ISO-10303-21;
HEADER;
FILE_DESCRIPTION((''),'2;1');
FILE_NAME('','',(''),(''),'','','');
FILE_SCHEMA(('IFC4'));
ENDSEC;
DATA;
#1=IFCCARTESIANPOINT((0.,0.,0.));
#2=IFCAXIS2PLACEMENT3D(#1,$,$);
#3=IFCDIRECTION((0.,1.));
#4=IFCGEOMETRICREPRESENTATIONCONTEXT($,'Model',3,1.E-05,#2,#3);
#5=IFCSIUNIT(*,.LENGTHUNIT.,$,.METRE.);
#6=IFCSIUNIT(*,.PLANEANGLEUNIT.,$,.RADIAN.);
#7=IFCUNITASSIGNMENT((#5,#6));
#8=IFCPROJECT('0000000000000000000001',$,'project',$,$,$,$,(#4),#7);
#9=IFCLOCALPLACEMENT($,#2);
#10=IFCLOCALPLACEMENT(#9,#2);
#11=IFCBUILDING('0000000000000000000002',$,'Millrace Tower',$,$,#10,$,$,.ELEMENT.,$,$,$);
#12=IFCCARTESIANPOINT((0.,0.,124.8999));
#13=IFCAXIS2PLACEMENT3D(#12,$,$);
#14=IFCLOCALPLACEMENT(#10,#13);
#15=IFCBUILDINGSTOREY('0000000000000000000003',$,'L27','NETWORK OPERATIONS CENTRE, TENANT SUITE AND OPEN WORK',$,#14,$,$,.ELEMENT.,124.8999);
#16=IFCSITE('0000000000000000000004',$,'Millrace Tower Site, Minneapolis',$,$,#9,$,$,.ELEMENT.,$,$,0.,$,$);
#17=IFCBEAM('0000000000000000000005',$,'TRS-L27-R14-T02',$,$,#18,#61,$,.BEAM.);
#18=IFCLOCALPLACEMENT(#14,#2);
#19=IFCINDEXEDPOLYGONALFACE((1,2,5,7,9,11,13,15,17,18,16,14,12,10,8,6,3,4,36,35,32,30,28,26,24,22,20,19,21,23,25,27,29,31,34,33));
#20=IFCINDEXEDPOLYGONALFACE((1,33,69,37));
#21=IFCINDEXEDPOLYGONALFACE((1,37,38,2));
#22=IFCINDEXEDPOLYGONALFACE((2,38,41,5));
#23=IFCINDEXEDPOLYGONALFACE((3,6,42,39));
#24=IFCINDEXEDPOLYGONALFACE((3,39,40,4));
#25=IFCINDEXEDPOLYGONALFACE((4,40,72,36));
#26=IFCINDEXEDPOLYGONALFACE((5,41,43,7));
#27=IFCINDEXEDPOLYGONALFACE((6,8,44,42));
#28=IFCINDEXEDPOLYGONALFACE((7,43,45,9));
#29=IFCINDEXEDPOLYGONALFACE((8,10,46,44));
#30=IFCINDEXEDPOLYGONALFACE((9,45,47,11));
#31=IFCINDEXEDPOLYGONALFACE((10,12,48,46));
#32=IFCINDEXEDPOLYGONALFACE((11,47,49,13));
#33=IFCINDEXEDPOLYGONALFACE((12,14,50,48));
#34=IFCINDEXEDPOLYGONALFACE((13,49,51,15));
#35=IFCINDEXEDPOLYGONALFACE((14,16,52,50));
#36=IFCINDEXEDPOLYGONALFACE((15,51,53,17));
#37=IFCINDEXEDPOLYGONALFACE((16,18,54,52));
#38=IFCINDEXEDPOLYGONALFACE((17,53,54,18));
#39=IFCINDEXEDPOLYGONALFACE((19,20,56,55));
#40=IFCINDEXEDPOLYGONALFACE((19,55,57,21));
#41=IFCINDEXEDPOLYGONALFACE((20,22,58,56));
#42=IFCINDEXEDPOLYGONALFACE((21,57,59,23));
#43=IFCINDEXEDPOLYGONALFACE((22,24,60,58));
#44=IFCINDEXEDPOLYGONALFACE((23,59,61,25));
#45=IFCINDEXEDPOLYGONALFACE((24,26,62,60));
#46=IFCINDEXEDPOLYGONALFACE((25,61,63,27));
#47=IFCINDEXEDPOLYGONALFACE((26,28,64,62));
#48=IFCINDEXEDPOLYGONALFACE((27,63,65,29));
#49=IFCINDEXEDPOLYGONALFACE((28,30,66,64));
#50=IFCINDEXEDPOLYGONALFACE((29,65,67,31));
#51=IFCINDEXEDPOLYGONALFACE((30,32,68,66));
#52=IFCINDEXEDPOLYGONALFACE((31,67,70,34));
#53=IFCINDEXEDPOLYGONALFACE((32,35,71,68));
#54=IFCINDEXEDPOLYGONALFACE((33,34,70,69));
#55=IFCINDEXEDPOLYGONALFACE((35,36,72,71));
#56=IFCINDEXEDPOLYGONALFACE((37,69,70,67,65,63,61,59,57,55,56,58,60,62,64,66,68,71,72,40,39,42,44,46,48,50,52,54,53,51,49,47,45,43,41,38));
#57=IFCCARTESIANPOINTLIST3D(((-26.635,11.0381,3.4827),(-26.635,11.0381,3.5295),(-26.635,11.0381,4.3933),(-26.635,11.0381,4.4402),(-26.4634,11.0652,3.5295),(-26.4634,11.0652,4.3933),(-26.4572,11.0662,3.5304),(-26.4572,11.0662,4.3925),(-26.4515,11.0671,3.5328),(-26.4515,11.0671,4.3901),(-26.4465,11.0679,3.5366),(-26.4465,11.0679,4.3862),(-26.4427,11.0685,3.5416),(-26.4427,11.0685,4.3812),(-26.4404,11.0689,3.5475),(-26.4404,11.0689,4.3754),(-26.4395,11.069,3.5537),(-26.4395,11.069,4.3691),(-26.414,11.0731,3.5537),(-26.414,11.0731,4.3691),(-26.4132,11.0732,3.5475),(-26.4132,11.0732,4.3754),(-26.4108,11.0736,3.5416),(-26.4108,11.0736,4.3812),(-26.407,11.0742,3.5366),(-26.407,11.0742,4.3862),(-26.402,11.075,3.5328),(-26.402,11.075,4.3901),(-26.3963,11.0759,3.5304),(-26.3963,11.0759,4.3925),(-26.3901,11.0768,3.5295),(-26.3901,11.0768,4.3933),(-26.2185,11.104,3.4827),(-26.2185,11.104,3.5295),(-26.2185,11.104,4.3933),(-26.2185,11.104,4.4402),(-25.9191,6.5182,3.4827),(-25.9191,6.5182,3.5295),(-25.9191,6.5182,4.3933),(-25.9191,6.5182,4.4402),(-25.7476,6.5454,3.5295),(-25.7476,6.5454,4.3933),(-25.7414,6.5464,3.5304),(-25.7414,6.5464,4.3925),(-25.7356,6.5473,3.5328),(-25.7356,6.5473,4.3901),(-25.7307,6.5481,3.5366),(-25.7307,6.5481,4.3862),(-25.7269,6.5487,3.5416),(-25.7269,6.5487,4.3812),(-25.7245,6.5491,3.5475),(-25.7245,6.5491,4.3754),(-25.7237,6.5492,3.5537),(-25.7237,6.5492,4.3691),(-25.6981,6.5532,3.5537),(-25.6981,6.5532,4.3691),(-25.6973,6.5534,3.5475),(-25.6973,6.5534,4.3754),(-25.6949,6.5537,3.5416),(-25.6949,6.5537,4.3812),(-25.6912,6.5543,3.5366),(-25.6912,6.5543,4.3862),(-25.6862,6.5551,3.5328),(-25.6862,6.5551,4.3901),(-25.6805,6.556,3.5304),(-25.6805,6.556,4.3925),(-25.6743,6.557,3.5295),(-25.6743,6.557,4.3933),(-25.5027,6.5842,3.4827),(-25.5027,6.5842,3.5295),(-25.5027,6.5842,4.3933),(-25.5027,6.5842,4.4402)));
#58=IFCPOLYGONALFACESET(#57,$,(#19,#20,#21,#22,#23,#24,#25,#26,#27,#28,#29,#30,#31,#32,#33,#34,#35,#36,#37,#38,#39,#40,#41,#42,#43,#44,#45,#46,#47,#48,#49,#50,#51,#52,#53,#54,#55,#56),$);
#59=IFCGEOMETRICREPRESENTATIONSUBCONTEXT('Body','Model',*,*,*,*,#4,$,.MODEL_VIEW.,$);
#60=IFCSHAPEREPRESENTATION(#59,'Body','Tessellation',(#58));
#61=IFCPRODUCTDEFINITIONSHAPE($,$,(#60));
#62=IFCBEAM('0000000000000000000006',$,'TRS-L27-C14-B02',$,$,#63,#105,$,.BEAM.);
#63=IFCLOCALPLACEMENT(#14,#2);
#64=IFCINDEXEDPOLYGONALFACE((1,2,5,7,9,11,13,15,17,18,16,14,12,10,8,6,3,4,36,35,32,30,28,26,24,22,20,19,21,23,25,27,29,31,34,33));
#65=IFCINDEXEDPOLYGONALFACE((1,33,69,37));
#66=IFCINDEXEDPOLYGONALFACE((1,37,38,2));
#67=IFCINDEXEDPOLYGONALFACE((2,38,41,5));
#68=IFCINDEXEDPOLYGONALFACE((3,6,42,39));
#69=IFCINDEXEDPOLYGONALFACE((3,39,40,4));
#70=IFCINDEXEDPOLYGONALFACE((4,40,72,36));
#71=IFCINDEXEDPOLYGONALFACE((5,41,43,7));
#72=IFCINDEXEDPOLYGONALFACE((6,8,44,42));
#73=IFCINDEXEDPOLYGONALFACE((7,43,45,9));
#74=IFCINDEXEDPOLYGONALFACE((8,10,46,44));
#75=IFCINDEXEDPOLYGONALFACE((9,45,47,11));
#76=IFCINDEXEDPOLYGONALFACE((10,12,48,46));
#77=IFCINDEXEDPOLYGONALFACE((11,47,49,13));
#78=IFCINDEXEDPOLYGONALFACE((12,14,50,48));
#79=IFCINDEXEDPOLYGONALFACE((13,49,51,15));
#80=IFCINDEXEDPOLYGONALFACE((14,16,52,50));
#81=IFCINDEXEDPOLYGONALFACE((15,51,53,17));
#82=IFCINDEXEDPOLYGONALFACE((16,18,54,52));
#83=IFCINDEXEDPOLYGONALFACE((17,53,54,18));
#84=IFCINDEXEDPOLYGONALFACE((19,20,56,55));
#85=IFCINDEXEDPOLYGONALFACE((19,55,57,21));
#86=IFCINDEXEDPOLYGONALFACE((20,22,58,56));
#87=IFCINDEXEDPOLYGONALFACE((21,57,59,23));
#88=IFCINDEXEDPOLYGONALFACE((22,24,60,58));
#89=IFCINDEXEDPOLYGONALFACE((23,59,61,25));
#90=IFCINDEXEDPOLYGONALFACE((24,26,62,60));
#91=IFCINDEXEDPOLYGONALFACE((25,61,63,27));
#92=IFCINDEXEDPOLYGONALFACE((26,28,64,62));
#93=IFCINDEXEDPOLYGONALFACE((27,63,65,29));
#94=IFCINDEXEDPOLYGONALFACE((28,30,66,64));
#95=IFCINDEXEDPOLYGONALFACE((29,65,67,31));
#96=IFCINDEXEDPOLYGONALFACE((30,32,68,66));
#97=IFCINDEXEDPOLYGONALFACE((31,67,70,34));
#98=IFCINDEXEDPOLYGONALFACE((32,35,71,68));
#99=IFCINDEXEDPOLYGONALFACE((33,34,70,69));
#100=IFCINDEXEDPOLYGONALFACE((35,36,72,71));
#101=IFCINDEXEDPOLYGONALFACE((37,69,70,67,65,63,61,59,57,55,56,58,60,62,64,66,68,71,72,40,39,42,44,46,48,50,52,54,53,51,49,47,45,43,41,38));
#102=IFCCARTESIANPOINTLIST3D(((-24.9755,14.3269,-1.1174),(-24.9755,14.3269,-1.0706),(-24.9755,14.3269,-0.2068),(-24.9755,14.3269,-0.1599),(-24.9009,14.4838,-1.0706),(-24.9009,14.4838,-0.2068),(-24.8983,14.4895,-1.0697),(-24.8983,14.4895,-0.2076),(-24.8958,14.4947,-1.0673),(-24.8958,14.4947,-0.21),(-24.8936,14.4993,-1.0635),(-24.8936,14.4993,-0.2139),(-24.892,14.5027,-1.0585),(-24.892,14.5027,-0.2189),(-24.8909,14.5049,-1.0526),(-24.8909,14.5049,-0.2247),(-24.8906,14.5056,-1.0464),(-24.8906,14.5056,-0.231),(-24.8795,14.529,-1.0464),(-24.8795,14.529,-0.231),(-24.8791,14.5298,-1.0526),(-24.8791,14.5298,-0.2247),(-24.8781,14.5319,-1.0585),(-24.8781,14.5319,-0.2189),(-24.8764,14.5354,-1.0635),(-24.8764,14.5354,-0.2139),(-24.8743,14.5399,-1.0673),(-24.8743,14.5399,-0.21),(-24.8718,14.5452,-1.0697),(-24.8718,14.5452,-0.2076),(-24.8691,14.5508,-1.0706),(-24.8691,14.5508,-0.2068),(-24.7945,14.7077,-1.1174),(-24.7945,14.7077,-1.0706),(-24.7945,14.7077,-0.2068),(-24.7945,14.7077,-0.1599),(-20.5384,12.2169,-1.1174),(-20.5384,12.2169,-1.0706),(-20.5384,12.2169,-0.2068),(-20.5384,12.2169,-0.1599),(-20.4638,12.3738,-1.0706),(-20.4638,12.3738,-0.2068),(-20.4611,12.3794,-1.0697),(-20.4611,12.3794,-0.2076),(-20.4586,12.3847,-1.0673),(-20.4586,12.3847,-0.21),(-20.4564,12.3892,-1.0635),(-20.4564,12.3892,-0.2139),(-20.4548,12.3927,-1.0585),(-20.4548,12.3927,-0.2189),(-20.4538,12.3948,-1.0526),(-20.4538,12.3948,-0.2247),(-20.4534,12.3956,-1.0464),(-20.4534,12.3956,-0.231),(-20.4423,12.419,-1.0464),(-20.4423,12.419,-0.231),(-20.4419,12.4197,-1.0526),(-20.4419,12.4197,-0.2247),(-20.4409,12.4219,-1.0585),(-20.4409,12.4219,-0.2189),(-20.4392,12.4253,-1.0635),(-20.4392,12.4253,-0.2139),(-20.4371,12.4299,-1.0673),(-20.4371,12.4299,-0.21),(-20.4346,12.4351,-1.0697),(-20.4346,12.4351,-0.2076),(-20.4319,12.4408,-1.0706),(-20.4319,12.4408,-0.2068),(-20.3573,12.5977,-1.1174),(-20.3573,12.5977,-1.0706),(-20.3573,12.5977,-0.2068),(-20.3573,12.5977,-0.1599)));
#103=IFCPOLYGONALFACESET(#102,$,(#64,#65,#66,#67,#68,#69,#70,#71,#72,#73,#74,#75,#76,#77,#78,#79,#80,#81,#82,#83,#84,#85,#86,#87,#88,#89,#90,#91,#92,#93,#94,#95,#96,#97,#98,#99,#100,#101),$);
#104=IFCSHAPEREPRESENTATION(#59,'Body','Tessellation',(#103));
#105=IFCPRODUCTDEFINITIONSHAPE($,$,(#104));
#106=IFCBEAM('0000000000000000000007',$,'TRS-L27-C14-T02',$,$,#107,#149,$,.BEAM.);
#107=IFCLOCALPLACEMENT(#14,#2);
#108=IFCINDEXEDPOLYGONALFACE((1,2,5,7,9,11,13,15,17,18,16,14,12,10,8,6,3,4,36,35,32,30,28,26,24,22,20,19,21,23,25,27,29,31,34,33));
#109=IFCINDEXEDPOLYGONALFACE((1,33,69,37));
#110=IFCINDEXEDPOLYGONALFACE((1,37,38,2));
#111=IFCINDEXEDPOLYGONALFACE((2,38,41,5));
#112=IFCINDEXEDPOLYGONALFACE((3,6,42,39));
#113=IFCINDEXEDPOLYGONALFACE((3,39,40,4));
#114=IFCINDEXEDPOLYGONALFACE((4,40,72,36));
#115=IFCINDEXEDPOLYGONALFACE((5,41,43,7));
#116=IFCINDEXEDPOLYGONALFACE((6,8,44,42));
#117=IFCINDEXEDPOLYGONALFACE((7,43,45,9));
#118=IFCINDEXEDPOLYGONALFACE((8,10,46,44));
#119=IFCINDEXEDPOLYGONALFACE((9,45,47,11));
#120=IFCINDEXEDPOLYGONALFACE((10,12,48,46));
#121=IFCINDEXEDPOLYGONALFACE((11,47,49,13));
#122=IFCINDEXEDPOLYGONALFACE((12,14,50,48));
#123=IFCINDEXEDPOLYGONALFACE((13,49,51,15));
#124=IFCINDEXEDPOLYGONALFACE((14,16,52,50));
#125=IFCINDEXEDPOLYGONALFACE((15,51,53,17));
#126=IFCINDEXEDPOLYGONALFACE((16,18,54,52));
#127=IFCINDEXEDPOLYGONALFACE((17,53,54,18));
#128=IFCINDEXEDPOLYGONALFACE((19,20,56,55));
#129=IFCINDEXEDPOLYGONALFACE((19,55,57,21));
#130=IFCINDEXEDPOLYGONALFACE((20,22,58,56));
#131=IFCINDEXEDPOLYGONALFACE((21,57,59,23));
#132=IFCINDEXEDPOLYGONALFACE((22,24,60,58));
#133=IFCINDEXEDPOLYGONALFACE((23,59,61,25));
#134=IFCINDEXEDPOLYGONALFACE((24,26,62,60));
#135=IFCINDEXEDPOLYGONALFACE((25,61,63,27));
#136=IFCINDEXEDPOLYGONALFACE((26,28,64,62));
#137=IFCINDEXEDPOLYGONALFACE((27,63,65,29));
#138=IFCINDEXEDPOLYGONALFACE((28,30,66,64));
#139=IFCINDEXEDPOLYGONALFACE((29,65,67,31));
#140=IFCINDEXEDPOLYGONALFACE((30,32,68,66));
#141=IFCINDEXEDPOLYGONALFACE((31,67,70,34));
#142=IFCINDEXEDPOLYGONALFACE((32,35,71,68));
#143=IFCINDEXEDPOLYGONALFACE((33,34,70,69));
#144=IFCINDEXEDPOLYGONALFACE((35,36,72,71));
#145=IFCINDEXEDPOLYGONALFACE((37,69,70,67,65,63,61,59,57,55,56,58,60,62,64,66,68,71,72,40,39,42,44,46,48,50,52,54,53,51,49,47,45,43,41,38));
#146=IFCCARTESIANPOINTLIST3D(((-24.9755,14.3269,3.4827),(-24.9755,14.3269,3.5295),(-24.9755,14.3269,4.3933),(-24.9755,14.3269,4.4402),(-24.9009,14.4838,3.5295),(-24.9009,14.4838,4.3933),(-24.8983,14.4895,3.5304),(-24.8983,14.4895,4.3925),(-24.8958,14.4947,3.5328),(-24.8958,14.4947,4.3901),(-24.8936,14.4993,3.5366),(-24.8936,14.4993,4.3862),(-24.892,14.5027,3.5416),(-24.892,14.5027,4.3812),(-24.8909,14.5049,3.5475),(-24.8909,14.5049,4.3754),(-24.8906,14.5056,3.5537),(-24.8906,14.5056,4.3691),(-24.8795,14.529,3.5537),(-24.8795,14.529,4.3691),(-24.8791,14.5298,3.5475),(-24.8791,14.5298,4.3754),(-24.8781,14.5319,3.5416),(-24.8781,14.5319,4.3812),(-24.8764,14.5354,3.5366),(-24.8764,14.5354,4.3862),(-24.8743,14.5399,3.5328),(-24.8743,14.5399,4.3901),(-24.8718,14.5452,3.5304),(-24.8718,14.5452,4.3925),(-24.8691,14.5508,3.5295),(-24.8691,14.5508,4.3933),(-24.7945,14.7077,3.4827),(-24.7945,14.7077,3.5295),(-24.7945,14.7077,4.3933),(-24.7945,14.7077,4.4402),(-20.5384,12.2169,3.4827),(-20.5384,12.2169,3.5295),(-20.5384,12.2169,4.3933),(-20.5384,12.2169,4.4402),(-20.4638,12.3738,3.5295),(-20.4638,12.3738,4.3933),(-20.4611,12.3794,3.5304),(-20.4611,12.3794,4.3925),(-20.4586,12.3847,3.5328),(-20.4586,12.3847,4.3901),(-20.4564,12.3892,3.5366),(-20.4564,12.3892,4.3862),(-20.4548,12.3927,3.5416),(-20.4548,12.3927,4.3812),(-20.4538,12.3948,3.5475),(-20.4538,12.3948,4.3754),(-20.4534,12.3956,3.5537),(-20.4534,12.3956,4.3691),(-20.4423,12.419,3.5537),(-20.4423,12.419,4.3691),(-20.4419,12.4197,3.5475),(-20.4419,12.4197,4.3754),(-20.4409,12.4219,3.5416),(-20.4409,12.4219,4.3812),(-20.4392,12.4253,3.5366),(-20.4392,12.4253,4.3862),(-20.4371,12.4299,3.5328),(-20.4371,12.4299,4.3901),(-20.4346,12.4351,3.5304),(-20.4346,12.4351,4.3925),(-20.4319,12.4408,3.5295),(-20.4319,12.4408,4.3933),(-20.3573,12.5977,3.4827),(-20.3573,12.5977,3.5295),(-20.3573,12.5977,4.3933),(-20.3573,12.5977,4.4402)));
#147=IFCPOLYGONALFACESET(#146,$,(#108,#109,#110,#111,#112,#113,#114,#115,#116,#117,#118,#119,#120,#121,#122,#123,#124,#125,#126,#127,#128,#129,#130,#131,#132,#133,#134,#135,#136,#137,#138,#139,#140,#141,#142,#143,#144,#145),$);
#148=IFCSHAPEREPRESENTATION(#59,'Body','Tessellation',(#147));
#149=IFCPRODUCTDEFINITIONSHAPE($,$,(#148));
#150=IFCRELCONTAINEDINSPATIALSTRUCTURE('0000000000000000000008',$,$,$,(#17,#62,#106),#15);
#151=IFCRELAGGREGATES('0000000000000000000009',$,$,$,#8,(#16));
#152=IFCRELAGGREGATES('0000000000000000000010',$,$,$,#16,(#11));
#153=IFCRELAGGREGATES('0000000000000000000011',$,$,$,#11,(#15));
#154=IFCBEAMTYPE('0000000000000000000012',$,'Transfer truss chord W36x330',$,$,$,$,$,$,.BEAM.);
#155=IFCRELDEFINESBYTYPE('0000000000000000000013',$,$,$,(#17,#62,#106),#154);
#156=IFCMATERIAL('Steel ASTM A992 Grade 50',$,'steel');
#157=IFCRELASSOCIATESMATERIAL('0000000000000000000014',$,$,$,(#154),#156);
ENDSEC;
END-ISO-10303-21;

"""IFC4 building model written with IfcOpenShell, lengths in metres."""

from ifc_helpers import new_model, si_unit, direction, frame, origin, origin_2d, place, context, subcontext, project, spatial, i_section, extrude, material, material_profile, profile_set, type_object, element, save


model = new_model("IFC4")

# Units and contexts
model_context = context("Model", 3, precision=1e-05, world=origin(), true_north=direction((0.0, 1.0)))
body_context = subcontext(model_context, "Body", "Model", "MODEL_VIEW")
ifc_project = project(units=[si_unit("LENGTHUNIT", "METRE"), si_unit("PLANEANGLEUNIT", "RADIAN")], contexts=[model_context])

# Site, building, storey
site_placement = place(None, origin())
site = spatial("IfcSite", under=ifc_project, at=site_placement, Name="Millrace Tower Site, Minneapolis", CompositionType="ELEMENT", RefElevation=0.0)
building_placement = place(site_placement, origin())
building = spatial("IfcBuilding", under=site, at=building_placement, Name="Millrace Tower", CompositionType="ELEMENT")
storey_placement = place(building_placement, frame((0.0, 0.0, 124.8999)))
storey = spatial("IfcBuildingStorey", under=building, at=storey_placement, Name="L27", Description="NETWORK OPERATIONS CENTRE, TENANT SUITE AND OPEN WORK", CompositionType="ELEMENT", Elevation=124.8999)

# Beams
ifc_material_1 = material(Name="Steel ASTM A992 Grade 50", Category="steel")
ifc_material_profile_1 = material_profile(ifc_material_1, i_section(OverallWidth=0.4216, OverallDepth=0.9575, WebThickness=0.0259, FlangeThickness=0.0469, FilletRadius=0.0242, at=origin_2d()))
ifc_profile_set_1 = profile_set([ifc_material_profile_1], Name="Steel ASTM A992 Grade 50")
beam_type_1 = type_object("IfcBeamType", Name="Transfer truss chord W36x330", PredefinedType="BEAM", material=ifc_profile_set_1)
for number, where, z_axis, x_axis, name in (
    (1, (-26.4268, 11.071, 3.9614), (0.156426, -0.98769, 0.0), (0.98769, 0.156426, 0.0), "TRS-L27-R14-T02"),
):
    element("IfcBeam", number, at=place(storey_placement, frame(where, z_axis=z_axis, x_axis=x_axis)), inside=storey, type_object=beam_type_1, Name=name, PredefinedType="BEAM", context=body_context, shape_type="SweptSolid", body=[
        extrude(i_section(OverallWidth=0.4216, OverallDepth=0.9575, WebThickness=0.0259, FlangeThickness=0.0469, FilletRadius=0.0242, at=origin_2d()), origin(), (0.0, 0.0, 1.0), 4.5762),
    ])
for number, where, z_axis, x_axis, name in (
    (2, (-24.885, 14.5173, -0.6387), (0.903087, -0.429457, 0.0), (0.429457, 0.903087, 0.0), "TRS-L27-C14-B02"),
    (3, (-24.885, 14.5173, 3.9614), (0.903087, -0.429457, 0.0), (0.429457, 0.903087, 0.0), "TRS-L27-C14-T02"),
):
    element("IfcBeam", number, at=place(storey_placement, frame(where, z_axis=z_axis, x_axis=x_axis)), inside=storey, type_object=beam_type_1, Name=name, PredefinedType="BEAM", context=body_context, shape_type="SweptSolid", body=[
        extrude(i_section(OverallWidth=0.4216, OverallDepth=0.9575, WebThickness=0.0259, FlangeThickness=0.0469, FilletRadius=0.0242, at=origin_2d()), origin(), (0.0, 0.0, 1.0), 4.9133),
    ])

save(model, "model.ifc")
